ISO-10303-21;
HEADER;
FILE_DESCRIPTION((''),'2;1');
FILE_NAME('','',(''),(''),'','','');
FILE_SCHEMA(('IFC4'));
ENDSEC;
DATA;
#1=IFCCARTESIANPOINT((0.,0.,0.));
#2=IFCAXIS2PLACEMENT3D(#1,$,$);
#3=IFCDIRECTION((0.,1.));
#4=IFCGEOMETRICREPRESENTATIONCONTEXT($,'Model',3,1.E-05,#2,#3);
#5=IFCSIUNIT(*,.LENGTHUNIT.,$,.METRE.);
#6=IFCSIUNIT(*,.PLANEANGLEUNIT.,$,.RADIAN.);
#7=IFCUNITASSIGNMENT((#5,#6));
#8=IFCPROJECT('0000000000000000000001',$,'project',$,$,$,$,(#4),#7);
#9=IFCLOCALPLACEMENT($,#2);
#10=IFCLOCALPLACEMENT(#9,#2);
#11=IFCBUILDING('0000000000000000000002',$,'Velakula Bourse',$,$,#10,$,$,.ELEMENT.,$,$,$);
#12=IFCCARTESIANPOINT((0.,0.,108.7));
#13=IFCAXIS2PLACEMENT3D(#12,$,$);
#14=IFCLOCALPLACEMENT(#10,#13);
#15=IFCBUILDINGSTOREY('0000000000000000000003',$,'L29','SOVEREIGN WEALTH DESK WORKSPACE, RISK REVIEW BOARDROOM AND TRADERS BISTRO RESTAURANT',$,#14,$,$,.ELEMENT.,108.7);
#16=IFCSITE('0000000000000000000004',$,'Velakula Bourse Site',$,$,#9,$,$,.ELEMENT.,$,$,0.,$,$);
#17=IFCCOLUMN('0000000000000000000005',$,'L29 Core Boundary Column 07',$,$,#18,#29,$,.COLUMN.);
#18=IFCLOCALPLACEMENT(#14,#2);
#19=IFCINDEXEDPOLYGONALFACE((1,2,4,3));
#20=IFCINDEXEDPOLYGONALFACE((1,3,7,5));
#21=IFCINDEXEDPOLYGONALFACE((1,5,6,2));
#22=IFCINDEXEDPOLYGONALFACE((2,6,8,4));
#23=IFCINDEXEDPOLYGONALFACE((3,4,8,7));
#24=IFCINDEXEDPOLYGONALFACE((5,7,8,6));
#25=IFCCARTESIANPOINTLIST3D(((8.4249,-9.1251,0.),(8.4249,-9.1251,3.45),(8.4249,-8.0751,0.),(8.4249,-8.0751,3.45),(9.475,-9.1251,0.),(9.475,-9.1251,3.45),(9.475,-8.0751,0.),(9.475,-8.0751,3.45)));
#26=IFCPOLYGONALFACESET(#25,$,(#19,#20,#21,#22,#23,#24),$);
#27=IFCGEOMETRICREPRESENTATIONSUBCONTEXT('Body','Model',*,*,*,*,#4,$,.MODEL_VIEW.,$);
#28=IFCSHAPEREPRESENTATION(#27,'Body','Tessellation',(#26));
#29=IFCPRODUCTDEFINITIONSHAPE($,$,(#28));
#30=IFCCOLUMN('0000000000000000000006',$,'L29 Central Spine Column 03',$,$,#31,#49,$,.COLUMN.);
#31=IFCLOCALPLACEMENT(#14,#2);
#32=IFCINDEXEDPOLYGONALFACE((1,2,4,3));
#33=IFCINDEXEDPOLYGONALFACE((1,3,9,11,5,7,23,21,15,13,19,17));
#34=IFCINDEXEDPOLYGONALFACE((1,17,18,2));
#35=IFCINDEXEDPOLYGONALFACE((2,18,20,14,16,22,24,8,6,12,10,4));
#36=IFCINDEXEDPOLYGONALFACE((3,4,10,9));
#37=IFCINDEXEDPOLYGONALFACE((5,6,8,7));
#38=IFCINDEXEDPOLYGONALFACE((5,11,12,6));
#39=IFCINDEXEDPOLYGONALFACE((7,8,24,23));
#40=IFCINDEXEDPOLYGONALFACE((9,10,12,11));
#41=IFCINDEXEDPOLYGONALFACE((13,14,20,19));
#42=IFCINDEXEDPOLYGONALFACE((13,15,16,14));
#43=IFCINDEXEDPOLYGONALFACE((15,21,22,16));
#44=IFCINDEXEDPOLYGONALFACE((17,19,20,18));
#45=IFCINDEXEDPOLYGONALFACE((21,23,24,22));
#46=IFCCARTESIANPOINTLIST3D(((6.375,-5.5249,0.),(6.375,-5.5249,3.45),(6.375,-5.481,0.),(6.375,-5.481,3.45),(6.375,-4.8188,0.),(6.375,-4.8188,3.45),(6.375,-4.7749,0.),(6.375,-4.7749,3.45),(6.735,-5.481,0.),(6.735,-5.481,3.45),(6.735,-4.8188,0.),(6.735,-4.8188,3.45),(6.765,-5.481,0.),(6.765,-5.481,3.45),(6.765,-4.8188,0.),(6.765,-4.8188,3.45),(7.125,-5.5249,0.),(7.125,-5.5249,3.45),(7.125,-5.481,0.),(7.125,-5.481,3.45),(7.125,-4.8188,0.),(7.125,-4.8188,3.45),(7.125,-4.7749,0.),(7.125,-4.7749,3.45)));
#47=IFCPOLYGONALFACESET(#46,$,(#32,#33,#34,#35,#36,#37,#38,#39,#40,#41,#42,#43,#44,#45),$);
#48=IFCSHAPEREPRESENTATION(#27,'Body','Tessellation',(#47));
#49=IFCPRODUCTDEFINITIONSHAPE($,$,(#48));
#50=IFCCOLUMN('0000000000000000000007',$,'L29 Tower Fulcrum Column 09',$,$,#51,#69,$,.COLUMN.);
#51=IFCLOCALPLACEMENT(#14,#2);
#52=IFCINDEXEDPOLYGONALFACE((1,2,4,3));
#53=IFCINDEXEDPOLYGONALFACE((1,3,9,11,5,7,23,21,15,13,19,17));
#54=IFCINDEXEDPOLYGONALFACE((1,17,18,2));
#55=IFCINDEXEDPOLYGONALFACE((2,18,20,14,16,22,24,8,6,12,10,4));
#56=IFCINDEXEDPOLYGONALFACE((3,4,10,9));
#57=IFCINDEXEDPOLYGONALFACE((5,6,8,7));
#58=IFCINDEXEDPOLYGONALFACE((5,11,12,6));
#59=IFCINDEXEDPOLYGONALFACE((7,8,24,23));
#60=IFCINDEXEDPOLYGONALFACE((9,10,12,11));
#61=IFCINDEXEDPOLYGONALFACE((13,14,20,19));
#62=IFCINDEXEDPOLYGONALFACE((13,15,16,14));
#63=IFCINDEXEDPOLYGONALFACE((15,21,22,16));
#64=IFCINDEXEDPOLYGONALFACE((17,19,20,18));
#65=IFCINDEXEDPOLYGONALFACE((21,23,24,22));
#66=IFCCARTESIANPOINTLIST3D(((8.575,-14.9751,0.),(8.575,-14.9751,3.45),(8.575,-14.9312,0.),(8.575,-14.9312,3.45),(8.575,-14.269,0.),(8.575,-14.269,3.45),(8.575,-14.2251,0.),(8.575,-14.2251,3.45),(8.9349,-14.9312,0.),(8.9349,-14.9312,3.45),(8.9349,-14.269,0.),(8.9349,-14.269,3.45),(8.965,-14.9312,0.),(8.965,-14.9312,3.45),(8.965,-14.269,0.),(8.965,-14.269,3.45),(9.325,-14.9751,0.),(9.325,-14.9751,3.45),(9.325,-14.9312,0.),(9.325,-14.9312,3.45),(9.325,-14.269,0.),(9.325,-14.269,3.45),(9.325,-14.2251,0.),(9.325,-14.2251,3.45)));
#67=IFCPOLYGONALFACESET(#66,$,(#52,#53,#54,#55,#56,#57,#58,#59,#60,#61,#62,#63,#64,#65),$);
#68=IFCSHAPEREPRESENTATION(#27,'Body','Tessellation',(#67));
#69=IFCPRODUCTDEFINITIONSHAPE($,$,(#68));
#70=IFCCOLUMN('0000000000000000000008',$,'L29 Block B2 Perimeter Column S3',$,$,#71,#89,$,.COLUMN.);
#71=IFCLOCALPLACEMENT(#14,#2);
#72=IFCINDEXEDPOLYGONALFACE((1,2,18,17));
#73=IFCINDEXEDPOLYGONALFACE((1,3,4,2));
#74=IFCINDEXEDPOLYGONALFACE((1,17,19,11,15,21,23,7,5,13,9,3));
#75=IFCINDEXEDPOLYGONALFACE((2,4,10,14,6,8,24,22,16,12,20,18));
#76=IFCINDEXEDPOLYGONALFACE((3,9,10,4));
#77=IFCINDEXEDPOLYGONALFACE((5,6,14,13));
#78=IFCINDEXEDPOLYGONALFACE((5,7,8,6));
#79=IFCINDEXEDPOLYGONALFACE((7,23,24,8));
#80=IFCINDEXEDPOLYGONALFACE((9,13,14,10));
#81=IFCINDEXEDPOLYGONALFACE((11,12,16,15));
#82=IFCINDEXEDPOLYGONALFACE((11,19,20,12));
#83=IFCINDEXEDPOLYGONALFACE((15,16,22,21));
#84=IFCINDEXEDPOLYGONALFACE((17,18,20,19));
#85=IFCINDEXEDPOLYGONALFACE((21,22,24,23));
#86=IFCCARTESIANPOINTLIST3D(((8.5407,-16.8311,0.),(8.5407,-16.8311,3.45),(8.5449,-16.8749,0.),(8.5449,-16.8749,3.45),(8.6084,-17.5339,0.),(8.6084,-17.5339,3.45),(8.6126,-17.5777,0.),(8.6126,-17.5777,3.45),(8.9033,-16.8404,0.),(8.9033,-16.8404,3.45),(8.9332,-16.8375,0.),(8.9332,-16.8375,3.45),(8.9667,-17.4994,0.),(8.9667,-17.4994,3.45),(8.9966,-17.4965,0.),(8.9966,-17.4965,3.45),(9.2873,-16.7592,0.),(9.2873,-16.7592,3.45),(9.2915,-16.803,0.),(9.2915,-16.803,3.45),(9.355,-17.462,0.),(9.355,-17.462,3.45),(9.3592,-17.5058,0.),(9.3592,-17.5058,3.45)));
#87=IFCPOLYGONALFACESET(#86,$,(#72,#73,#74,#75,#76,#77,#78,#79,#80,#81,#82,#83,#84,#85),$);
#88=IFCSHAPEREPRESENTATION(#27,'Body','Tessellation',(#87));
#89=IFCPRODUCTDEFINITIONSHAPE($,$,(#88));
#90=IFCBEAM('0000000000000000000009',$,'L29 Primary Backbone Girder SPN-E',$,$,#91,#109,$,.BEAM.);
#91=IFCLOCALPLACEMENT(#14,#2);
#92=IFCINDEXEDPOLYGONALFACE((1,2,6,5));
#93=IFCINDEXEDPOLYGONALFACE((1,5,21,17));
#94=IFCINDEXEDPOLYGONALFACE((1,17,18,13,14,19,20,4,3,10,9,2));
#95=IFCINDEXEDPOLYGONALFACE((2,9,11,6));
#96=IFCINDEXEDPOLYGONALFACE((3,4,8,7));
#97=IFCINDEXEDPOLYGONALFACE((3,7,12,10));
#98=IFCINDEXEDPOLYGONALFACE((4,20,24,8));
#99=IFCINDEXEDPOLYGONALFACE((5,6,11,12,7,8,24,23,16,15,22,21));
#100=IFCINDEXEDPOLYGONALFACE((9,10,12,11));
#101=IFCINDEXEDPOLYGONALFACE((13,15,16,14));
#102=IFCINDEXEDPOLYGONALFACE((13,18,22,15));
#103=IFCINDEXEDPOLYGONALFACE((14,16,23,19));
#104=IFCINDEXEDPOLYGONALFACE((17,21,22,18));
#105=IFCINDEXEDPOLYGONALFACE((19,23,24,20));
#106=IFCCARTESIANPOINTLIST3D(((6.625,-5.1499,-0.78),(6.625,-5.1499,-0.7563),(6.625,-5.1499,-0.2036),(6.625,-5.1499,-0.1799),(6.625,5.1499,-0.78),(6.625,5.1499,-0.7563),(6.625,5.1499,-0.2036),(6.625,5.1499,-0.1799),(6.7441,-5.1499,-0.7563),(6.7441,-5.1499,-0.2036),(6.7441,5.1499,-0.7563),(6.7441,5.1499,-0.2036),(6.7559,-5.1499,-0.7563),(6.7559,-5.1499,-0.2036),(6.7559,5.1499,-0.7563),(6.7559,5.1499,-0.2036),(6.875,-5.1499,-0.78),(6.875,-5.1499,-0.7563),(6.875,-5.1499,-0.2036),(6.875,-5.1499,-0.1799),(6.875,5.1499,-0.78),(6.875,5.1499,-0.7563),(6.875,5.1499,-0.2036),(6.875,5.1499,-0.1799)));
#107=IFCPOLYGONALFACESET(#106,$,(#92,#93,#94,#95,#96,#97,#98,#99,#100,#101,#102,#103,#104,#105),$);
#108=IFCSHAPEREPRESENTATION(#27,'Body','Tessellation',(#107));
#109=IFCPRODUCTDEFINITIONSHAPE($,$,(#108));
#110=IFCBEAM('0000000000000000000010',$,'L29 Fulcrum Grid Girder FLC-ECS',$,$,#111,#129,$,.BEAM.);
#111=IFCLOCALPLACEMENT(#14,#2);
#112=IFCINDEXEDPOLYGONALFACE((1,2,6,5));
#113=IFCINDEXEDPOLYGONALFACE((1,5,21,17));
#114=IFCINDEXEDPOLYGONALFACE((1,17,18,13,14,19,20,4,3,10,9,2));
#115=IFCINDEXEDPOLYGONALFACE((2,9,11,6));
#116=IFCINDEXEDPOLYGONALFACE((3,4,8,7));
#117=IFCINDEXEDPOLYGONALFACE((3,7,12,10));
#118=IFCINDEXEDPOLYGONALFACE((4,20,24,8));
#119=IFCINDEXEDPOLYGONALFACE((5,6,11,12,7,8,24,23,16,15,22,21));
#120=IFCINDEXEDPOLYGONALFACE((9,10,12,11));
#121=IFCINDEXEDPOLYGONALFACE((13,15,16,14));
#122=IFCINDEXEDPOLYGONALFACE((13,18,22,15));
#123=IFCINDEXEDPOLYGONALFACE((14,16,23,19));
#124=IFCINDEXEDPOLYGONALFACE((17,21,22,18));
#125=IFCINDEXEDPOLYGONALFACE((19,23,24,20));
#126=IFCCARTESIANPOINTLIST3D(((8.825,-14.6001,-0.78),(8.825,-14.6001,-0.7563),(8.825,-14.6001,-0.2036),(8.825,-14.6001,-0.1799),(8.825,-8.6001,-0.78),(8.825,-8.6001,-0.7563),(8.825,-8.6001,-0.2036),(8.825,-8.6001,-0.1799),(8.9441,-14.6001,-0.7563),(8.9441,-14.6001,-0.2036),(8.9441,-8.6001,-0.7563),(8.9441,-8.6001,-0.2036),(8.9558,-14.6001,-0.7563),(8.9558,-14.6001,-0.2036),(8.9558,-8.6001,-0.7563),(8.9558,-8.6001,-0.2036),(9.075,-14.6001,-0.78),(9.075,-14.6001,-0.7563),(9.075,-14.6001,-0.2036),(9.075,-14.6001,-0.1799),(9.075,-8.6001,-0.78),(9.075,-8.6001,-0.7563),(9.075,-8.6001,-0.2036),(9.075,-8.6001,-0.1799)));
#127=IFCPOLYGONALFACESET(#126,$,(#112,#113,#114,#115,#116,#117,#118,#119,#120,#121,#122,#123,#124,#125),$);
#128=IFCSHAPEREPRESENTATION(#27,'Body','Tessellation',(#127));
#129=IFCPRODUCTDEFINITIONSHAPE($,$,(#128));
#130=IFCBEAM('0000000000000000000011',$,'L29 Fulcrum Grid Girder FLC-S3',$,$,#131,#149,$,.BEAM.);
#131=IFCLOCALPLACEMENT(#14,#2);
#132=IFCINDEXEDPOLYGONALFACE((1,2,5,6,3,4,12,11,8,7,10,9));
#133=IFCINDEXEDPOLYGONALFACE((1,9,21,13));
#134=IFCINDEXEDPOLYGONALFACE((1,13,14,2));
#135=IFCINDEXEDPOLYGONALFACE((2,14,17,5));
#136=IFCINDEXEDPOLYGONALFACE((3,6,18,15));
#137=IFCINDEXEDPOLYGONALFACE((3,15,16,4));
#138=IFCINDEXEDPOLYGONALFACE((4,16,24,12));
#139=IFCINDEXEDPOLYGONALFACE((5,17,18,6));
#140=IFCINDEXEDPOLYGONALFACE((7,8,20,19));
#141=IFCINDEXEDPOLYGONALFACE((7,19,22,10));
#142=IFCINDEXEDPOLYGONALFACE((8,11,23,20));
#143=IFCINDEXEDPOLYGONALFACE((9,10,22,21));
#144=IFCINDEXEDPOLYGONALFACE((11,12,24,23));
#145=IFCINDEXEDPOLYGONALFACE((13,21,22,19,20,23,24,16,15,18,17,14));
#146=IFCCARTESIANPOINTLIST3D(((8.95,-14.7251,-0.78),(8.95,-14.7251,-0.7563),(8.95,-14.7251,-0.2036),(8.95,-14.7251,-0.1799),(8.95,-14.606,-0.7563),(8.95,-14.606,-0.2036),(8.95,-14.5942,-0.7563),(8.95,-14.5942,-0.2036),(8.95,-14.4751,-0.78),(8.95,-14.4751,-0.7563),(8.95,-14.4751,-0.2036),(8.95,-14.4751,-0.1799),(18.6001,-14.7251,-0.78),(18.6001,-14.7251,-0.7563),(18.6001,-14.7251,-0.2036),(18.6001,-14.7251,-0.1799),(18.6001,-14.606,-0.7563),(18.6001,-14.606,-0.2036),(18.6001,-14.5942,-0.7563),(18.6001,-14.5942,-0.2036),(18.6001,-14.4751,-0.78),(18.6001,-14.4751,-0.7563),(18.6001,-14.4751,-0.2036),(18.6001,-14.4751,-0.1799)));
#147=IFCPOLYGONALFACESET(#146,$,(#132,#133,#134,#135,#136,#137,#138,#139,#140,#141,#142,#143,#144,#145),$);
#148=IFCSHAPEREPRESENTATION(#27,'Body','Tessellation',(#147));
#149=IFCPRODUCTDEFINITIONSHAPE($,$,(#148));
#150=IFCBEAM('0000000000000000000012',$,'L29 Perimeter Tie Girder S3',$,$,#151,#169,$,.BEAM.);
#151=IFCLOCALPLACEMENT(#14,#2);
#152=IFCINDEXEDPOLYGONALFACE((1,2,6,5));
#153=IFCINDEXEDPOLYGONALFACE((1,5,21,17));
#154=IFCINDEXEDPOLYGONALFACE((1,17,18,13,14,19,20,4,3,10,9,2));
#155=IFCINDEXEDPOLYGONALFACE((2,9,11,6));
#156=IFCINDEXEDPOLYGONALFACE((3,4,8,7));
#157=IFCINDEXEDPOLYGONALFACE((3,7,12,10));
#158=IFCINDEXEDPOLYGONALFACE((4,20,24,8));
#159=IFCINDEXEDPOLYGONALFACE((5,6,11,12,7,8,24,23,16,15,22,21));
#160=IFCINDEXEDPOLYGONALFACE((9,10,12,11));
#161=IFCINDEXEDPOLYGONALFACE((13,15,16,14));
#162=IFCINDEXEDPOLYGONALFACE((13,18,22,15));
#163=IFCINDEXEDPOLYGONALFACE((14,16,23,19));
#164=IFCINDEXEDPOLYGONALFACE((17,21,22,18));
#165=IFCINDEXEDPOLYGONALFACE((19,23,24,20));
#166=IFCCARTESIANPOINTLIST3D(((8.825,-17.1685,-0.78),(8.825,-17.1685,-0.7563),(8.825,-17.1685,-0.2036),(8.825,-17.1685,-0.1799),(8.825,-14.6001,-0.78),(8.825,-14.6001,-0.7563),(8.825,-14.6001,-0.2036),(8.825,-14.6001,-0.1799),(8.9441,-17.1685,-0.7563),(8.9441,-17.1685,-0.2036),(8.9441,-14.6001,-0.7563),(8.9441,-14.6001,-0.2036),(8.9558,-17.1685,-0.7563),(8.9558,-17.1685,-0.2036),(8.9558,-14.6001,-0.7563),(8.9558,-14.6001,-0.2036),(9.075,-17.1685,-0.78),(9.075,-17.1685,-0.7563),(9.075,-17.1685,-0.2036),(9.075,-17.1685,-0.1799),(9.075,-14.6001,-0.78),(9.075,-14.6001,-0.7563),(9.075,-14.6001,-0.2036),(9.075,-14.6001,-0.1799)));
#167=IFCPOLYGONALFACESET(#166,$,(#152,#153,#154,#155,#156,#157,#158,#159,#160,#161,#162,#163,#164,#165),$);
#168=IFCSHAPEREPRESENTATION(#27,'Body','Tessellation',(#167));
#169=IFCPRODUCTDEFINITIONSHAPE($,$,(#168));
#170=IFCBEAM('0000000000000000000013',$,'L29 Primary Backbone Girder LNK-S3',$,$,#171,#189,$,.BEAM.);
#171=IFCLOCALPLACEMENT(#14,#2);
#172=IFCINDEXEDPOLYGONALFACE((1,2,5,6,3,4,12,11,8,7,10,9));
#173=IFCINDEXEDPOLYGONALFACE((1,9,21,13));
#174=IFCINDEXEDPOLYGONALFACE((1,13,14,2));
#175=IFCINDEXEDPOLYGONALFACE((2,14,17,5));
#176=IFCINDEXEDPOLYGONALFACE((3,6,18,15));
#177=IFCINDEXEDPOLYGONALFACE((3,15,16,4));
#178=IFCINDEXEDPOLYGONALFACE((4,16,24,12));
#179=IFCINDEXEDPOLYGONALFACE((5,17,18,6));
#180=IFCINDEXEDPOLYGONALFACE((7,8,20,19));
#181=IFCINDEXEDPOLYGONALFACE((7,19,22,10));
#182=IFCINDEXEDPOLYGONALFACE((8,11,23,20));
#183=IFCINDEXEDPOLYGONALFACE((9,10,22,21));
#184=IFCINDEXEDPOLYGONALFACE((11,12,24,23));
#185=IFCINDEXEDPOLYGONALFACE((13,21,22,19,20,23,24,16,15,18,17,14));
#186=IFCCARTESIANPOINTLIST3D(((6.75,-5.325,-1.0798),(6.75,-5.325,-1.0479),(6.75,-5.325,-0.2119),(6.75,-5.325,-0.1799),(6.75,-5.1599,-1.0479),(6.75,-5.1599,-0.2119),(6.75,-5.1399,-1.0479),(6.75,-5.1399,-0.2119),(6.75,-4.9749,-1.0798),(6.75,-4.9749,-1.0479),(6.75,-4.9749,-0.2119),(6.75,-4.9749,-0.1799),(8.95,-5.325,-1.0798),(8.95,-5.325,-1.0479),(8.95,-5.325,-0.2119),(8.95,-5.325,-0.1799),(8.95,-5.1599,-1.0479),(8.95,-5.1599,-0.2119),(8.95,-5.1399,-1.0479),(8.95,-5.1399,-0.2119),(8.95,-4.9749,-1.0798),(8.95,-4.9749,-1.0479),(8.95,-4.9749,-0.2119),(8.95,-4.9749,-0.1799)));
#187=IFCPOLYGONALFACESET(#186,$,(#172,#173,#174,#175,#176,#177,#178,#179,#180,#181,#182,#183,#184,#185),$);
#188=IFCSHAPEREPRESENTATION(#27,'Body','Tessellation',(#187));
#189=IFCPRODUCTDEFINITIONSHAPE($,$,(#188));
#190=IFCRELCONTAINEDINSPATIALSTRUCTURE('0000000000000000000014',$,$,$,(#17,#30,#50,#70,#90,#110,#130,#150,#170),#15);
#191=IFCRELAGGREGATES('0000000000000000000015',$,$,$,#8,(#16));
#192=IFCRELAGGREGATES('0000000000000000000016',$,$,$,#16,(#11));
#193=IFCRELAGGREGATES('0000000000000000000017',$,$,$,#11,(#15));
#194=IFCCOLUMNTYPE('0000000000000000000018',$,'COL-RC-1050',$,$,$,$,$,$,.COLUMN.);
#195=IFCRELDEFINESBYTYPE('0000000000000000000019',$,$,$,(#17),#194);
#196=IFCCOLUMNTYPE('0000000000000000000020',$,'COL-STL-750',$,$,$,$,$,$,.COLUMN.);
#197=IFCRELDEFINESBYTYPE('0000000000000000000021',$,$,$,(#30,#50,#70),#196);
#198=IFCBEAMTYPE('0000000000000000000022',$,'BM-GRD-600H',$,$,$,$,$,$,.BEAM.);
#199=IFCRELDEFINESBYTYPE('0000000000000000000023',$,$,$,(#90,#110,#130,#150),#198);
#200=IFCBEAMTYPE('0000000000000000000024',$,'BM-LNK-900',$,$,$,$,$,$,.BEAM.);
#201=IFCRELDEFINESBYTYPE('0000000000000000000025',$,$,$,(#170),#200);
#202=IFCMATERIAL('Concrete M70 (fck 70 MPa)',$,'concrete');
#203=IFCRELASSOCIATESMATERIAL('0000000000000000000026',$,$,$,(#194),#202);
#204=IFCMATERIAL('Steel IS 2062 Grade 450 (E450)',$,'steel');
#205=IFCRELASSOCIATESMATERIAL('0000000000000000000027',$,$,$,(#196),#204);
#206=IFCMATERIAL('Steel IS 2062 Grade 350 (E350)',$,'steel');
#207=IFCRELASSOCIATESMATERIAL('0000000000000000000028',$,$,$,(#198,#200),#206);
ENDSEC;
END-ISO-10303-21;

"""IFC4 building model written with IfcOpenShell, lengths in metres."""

from ifc_helpers import new_model, si_unit, direction, frame, origin, origin_2d, place, context, subcontext, project, spatial, rectangle, i_section, extrude, material, material_profile, profile_set, type_object, element, save


model = new_model("IFC4")

# Units and contexts
model_context = context("Model", 3, precision=1e-05, world=origin(), true_north=direction((0.0, 1.0)))
body_context = subcontext(model_context, "Body", "Model", "MODEL_VIEW")
ifc_project = project(units=[si_unit("LENGTHUNIT", "METRE"), si_unit("PLANEANGLEUNIT", "RADIAN")], contexts=[model_context])

# Site, building, storey
site_placement = place(None, origin())
site = spatial("IfcSite", under=ifc_project, at=site_placement, Name="Velakula Bourse Site", CompositionType="ELEMENT", RefElevation=0.0)
building_placement = place(site_placement, origin())
building = spatial("IfcBuilding", under=site, at=building_placement, Name="Velakula Bourse", CompositionType="ELEMENT")
storey_placement = place(building_placement, frame((0.0, 0.0, 108.7)))
storey = spatial("IfcBuildingStorey", under=building, at=storey_placement, Name="L29", Description="SOVEREIGN WEALTH DESK WORKSPACE, RISK REVIEW BOARDROOM AND TRADERS BISTRO RESTAURANT", CompositionType="ELEMENT", Elevation=108.7)

# Columns
ifc_material_1 = material(Name="Concrete M70 (fck 70 MPa)", Category="concrete")
ifc_material_profile_1 = material_profile(ifc_material_1, rectangle(XDim=1.05, YDim=1.05, at=origin_2d()), Name="Concrete M70 (fck 70 MPa)")
ifc_profile_set_1 = profile_set([ifc_material_profile_1], Name="Concrete M70 (fck 70 MPa)")
column_type_1 = type_object("IfcColumnType", Name="COL-RC-1050", PredefinedType="COLUMN", material=ifc_profile_set_1)
column_placement = place(storey_placement, frame((8.95, -8.6001, 0.0), z_axis=(0.0, 0.0, 1.0), x_axis=(1.0, 0.0, 0.0)))
element("IfcColumn", 1, at=column_placement, inside=storey, type_object=column_type_1, Name="L29 Core Boundary Column 07", PredefinedType="COLUMN", context=body_context, shape_type="SweptSolid", body=[
    extrude(rectangle(XDim=1.05, YDim=1.05, at=origin_2d()), origin(), (0.0, 0.0, 1.0), 3.45),
])
ifc_material_2 = material(Name="Steel IS 2062 Grade 450 (E450)", Category="steel")
ifc_material_profile_2 = material_profile(ifc_material_2, i_section(OverallWidth=0.75, OverallDepth=0.75, WebThickness=0.03, FlangeThickness=0.0439, at=origin_2d()), Name="Steel IS 2062 Grade 450 (E450)")
ifc_profile_set_2 = profile_set([ifc_material_profile_2], Name="Steel IS 2062 Grade 450 (E450)")
column_type_2 = type_object("IfcColumnType", Name="COL-STL-750", PredefinedType="COLUMN", material=ifc_profile_set_2)
for number, where, z_axis, x_axis, name in (
    (2, (6.75, -5.1499, 0.0), (0.0, 0.0, 1.0), (1.0, 0.0, 0.0), "L29 Central Spine Column 03"),
    (3, (8.95, -14.6001, 0.0), (0.0, 0.0, 1.0), (1.0, 0.0, 0.0), "L29 Tower Fulcrum Column 09"),
    (4, (8.95, -17.1685, 0.0), (0.0, 0.0, 1.0), (0.995396, 0.095846, 0.0), "L29 Block B2 Perimeter Column S3"),
):
    element("IfcColumn", number, at=place(storey_placement, frame(where, z_axis=z_axis, x_axis=x_axis)), inside=storey, type_object=column_type_2, Name=name, PredefinedType="COLUMN", context=body_context, shape_type="SweptSolid", body=[
        extrude(i_section(OverallWidth=0.75, OverallDepth=0.75, WebThickness=0.03, FlangeThickness=0.0439, at=origin_2d()), origin(), (0.0, 0.0, 1.0), 3.45),
    ])

# Beams
ifc_material_3 = material(Name="Steel IS 2062 Grade 350 (E350)", Category="steel")
ifc_material_profile_3 = material_profile(ifc_material_3, i_section(OverallWidth=0.25, OverallDepth=0.6001, WebThickness=0.0117, FlangeThickness=0.0237, at=origin_2d()), Name="Steel IS 2062 Grade 350 (E350)")
ifc_profile_set_3 = profile_set([ifc_material_profile_3], Name="Steel IS 2062 Grade 350 (E350)")
beam_type_1 = type_object("IfcBeamType", Name="BM-GRD-600H", PredefinedType="BEAM", material=ifc_profile_set_3)
beam_1_placement = place(storey_placement, frame((6.75, -5.1499, -0.48), z_axis=(0.0, 1.0, 0.0), x_axis=(-1.0, 0.0, 0.0)))
element("IfcBeam", 5, at=beam_1_placement, inside=storey, type_object=beam_type_1, Name="L29 Primary Backbone Girder SPN-E", PredefinedType="BEAM", context=body_context, shape_type="SweptSolid", body=[
    extrude(i_section(OverallWidth=0.25, OverallDepth=0.6001, WebThickness=0.0117, FlangeThickness=0.0237, at=origin_2d()), origin(), (0.0, 0.0, 1.0), 10.2998),
])
beam_2_placement = place(storey_placement, frame((8.95, -14.6001, -0.48), z_axis=(0.0, 1.0, 0.0), x_axis=(-1.0, 0.0, 0.0)))
element("IfcBeam", 6, at=beam_2_placement, inside=storey, type_object=beam_type_1, Name="L29 Fulcrum Grid Girder FLC-ECS", PredefinedType="BEAM", context=body_context, shape_type="SweptSolid", body=[
    extrude(i_section(OverallWidth=0.25, OverallDepth=0.6001, WebThickness=0.0117, FlangeThickness=0.0237, at=origin_2d()), origin(), (0.0, 0.0, 1.0), 6.0),
])
beam_3_placement = place(storey_placement, frame((8.95, -14.6001, -0.48), z_axis=(1.0, 0.0, 0.0), x_axis=(0.0, 1.0, 0.0)))
element("IfcBeam", 7, at=beam_3_placement, inside=storey, type_object=beam_type_1, Name="L29 Fulcrum Grid Girder FLC-S3", PredefinedType="BEAM", context=body_context, shape_type="SweptSolid", body=[
    extrude(i_section(OverallWidth=0.25, OverallDepth=0.6001, WebThickness=0.0117, FlangeThickness=0.0237, at=origin_2d()), origin(), (0.0, 0.0, 1.0), 9.6501),
])
beam_4_placement = place(storey_placement, frame((8.95, -14.6001, -0.48), z_axis=(0.0, -1.0, 0.0), x_axis=(1.0, 0.0, 0.0)))
element("IfcBeam", 8, at=beam_4_placement, inside=storey, type_object=beam_type_1, Name="L29 Perimeter Tie Girder S3", PredefinedType="BEAM", context=body_context, shape_type="SweptSolid", body=[
    extrude(i_section(OverallWidth=0.25, OverallDepth=0.6001, WebThickness=0.0117, FlangeThickness=0.0237, at=origin_2d()), origin(), (0.0, 0.0, 1.0), 2.5684),
])
ifc_material_profile_4 = material_profile(ifc_material_3, i_section(OverallWidth=0.3501, OverallDepth=0.8999, WebThickness=0.02, FlangeThickness=0.032, at=origin_2d()), Name="Steel IS 2062 Grade 350 (E350)")
ifc_profile_set_4 = profile_set([ifc_material_profile_4], Name="Steel IS 2062 Grade 350 (E350)")
beam_type_2 = type_object("IfcBeamType", Name="BM-LNK-900", PredefinedType="BEAM", material=ifc_profile_set_4)
beam_5_placement = place(storey_placement, frame((6.75, -5.1499, -0.6299), z_axis=(1.0, 0.0, 0.0), x_axis=(0.0, 1.0, 0.0)))
element("IfcBeam", 9, at=beam_5_placement, inside=storey, type_object=beam_type_2, Name="L29 Primary Backbone Girder LNK-S3", PredefinedType="BEAM", context=body_context, shape_type="SweptSolid", body=[
    extrude(i_section(OverallWidth=0.3501, OverallDepth=0.8999, WebThickness=0.02, FlangeThickness=0.032, at=origin_2d()), origin(), (0.0, 0.0, 1.0), 2.2),
])

save(model, "model.ifc")
